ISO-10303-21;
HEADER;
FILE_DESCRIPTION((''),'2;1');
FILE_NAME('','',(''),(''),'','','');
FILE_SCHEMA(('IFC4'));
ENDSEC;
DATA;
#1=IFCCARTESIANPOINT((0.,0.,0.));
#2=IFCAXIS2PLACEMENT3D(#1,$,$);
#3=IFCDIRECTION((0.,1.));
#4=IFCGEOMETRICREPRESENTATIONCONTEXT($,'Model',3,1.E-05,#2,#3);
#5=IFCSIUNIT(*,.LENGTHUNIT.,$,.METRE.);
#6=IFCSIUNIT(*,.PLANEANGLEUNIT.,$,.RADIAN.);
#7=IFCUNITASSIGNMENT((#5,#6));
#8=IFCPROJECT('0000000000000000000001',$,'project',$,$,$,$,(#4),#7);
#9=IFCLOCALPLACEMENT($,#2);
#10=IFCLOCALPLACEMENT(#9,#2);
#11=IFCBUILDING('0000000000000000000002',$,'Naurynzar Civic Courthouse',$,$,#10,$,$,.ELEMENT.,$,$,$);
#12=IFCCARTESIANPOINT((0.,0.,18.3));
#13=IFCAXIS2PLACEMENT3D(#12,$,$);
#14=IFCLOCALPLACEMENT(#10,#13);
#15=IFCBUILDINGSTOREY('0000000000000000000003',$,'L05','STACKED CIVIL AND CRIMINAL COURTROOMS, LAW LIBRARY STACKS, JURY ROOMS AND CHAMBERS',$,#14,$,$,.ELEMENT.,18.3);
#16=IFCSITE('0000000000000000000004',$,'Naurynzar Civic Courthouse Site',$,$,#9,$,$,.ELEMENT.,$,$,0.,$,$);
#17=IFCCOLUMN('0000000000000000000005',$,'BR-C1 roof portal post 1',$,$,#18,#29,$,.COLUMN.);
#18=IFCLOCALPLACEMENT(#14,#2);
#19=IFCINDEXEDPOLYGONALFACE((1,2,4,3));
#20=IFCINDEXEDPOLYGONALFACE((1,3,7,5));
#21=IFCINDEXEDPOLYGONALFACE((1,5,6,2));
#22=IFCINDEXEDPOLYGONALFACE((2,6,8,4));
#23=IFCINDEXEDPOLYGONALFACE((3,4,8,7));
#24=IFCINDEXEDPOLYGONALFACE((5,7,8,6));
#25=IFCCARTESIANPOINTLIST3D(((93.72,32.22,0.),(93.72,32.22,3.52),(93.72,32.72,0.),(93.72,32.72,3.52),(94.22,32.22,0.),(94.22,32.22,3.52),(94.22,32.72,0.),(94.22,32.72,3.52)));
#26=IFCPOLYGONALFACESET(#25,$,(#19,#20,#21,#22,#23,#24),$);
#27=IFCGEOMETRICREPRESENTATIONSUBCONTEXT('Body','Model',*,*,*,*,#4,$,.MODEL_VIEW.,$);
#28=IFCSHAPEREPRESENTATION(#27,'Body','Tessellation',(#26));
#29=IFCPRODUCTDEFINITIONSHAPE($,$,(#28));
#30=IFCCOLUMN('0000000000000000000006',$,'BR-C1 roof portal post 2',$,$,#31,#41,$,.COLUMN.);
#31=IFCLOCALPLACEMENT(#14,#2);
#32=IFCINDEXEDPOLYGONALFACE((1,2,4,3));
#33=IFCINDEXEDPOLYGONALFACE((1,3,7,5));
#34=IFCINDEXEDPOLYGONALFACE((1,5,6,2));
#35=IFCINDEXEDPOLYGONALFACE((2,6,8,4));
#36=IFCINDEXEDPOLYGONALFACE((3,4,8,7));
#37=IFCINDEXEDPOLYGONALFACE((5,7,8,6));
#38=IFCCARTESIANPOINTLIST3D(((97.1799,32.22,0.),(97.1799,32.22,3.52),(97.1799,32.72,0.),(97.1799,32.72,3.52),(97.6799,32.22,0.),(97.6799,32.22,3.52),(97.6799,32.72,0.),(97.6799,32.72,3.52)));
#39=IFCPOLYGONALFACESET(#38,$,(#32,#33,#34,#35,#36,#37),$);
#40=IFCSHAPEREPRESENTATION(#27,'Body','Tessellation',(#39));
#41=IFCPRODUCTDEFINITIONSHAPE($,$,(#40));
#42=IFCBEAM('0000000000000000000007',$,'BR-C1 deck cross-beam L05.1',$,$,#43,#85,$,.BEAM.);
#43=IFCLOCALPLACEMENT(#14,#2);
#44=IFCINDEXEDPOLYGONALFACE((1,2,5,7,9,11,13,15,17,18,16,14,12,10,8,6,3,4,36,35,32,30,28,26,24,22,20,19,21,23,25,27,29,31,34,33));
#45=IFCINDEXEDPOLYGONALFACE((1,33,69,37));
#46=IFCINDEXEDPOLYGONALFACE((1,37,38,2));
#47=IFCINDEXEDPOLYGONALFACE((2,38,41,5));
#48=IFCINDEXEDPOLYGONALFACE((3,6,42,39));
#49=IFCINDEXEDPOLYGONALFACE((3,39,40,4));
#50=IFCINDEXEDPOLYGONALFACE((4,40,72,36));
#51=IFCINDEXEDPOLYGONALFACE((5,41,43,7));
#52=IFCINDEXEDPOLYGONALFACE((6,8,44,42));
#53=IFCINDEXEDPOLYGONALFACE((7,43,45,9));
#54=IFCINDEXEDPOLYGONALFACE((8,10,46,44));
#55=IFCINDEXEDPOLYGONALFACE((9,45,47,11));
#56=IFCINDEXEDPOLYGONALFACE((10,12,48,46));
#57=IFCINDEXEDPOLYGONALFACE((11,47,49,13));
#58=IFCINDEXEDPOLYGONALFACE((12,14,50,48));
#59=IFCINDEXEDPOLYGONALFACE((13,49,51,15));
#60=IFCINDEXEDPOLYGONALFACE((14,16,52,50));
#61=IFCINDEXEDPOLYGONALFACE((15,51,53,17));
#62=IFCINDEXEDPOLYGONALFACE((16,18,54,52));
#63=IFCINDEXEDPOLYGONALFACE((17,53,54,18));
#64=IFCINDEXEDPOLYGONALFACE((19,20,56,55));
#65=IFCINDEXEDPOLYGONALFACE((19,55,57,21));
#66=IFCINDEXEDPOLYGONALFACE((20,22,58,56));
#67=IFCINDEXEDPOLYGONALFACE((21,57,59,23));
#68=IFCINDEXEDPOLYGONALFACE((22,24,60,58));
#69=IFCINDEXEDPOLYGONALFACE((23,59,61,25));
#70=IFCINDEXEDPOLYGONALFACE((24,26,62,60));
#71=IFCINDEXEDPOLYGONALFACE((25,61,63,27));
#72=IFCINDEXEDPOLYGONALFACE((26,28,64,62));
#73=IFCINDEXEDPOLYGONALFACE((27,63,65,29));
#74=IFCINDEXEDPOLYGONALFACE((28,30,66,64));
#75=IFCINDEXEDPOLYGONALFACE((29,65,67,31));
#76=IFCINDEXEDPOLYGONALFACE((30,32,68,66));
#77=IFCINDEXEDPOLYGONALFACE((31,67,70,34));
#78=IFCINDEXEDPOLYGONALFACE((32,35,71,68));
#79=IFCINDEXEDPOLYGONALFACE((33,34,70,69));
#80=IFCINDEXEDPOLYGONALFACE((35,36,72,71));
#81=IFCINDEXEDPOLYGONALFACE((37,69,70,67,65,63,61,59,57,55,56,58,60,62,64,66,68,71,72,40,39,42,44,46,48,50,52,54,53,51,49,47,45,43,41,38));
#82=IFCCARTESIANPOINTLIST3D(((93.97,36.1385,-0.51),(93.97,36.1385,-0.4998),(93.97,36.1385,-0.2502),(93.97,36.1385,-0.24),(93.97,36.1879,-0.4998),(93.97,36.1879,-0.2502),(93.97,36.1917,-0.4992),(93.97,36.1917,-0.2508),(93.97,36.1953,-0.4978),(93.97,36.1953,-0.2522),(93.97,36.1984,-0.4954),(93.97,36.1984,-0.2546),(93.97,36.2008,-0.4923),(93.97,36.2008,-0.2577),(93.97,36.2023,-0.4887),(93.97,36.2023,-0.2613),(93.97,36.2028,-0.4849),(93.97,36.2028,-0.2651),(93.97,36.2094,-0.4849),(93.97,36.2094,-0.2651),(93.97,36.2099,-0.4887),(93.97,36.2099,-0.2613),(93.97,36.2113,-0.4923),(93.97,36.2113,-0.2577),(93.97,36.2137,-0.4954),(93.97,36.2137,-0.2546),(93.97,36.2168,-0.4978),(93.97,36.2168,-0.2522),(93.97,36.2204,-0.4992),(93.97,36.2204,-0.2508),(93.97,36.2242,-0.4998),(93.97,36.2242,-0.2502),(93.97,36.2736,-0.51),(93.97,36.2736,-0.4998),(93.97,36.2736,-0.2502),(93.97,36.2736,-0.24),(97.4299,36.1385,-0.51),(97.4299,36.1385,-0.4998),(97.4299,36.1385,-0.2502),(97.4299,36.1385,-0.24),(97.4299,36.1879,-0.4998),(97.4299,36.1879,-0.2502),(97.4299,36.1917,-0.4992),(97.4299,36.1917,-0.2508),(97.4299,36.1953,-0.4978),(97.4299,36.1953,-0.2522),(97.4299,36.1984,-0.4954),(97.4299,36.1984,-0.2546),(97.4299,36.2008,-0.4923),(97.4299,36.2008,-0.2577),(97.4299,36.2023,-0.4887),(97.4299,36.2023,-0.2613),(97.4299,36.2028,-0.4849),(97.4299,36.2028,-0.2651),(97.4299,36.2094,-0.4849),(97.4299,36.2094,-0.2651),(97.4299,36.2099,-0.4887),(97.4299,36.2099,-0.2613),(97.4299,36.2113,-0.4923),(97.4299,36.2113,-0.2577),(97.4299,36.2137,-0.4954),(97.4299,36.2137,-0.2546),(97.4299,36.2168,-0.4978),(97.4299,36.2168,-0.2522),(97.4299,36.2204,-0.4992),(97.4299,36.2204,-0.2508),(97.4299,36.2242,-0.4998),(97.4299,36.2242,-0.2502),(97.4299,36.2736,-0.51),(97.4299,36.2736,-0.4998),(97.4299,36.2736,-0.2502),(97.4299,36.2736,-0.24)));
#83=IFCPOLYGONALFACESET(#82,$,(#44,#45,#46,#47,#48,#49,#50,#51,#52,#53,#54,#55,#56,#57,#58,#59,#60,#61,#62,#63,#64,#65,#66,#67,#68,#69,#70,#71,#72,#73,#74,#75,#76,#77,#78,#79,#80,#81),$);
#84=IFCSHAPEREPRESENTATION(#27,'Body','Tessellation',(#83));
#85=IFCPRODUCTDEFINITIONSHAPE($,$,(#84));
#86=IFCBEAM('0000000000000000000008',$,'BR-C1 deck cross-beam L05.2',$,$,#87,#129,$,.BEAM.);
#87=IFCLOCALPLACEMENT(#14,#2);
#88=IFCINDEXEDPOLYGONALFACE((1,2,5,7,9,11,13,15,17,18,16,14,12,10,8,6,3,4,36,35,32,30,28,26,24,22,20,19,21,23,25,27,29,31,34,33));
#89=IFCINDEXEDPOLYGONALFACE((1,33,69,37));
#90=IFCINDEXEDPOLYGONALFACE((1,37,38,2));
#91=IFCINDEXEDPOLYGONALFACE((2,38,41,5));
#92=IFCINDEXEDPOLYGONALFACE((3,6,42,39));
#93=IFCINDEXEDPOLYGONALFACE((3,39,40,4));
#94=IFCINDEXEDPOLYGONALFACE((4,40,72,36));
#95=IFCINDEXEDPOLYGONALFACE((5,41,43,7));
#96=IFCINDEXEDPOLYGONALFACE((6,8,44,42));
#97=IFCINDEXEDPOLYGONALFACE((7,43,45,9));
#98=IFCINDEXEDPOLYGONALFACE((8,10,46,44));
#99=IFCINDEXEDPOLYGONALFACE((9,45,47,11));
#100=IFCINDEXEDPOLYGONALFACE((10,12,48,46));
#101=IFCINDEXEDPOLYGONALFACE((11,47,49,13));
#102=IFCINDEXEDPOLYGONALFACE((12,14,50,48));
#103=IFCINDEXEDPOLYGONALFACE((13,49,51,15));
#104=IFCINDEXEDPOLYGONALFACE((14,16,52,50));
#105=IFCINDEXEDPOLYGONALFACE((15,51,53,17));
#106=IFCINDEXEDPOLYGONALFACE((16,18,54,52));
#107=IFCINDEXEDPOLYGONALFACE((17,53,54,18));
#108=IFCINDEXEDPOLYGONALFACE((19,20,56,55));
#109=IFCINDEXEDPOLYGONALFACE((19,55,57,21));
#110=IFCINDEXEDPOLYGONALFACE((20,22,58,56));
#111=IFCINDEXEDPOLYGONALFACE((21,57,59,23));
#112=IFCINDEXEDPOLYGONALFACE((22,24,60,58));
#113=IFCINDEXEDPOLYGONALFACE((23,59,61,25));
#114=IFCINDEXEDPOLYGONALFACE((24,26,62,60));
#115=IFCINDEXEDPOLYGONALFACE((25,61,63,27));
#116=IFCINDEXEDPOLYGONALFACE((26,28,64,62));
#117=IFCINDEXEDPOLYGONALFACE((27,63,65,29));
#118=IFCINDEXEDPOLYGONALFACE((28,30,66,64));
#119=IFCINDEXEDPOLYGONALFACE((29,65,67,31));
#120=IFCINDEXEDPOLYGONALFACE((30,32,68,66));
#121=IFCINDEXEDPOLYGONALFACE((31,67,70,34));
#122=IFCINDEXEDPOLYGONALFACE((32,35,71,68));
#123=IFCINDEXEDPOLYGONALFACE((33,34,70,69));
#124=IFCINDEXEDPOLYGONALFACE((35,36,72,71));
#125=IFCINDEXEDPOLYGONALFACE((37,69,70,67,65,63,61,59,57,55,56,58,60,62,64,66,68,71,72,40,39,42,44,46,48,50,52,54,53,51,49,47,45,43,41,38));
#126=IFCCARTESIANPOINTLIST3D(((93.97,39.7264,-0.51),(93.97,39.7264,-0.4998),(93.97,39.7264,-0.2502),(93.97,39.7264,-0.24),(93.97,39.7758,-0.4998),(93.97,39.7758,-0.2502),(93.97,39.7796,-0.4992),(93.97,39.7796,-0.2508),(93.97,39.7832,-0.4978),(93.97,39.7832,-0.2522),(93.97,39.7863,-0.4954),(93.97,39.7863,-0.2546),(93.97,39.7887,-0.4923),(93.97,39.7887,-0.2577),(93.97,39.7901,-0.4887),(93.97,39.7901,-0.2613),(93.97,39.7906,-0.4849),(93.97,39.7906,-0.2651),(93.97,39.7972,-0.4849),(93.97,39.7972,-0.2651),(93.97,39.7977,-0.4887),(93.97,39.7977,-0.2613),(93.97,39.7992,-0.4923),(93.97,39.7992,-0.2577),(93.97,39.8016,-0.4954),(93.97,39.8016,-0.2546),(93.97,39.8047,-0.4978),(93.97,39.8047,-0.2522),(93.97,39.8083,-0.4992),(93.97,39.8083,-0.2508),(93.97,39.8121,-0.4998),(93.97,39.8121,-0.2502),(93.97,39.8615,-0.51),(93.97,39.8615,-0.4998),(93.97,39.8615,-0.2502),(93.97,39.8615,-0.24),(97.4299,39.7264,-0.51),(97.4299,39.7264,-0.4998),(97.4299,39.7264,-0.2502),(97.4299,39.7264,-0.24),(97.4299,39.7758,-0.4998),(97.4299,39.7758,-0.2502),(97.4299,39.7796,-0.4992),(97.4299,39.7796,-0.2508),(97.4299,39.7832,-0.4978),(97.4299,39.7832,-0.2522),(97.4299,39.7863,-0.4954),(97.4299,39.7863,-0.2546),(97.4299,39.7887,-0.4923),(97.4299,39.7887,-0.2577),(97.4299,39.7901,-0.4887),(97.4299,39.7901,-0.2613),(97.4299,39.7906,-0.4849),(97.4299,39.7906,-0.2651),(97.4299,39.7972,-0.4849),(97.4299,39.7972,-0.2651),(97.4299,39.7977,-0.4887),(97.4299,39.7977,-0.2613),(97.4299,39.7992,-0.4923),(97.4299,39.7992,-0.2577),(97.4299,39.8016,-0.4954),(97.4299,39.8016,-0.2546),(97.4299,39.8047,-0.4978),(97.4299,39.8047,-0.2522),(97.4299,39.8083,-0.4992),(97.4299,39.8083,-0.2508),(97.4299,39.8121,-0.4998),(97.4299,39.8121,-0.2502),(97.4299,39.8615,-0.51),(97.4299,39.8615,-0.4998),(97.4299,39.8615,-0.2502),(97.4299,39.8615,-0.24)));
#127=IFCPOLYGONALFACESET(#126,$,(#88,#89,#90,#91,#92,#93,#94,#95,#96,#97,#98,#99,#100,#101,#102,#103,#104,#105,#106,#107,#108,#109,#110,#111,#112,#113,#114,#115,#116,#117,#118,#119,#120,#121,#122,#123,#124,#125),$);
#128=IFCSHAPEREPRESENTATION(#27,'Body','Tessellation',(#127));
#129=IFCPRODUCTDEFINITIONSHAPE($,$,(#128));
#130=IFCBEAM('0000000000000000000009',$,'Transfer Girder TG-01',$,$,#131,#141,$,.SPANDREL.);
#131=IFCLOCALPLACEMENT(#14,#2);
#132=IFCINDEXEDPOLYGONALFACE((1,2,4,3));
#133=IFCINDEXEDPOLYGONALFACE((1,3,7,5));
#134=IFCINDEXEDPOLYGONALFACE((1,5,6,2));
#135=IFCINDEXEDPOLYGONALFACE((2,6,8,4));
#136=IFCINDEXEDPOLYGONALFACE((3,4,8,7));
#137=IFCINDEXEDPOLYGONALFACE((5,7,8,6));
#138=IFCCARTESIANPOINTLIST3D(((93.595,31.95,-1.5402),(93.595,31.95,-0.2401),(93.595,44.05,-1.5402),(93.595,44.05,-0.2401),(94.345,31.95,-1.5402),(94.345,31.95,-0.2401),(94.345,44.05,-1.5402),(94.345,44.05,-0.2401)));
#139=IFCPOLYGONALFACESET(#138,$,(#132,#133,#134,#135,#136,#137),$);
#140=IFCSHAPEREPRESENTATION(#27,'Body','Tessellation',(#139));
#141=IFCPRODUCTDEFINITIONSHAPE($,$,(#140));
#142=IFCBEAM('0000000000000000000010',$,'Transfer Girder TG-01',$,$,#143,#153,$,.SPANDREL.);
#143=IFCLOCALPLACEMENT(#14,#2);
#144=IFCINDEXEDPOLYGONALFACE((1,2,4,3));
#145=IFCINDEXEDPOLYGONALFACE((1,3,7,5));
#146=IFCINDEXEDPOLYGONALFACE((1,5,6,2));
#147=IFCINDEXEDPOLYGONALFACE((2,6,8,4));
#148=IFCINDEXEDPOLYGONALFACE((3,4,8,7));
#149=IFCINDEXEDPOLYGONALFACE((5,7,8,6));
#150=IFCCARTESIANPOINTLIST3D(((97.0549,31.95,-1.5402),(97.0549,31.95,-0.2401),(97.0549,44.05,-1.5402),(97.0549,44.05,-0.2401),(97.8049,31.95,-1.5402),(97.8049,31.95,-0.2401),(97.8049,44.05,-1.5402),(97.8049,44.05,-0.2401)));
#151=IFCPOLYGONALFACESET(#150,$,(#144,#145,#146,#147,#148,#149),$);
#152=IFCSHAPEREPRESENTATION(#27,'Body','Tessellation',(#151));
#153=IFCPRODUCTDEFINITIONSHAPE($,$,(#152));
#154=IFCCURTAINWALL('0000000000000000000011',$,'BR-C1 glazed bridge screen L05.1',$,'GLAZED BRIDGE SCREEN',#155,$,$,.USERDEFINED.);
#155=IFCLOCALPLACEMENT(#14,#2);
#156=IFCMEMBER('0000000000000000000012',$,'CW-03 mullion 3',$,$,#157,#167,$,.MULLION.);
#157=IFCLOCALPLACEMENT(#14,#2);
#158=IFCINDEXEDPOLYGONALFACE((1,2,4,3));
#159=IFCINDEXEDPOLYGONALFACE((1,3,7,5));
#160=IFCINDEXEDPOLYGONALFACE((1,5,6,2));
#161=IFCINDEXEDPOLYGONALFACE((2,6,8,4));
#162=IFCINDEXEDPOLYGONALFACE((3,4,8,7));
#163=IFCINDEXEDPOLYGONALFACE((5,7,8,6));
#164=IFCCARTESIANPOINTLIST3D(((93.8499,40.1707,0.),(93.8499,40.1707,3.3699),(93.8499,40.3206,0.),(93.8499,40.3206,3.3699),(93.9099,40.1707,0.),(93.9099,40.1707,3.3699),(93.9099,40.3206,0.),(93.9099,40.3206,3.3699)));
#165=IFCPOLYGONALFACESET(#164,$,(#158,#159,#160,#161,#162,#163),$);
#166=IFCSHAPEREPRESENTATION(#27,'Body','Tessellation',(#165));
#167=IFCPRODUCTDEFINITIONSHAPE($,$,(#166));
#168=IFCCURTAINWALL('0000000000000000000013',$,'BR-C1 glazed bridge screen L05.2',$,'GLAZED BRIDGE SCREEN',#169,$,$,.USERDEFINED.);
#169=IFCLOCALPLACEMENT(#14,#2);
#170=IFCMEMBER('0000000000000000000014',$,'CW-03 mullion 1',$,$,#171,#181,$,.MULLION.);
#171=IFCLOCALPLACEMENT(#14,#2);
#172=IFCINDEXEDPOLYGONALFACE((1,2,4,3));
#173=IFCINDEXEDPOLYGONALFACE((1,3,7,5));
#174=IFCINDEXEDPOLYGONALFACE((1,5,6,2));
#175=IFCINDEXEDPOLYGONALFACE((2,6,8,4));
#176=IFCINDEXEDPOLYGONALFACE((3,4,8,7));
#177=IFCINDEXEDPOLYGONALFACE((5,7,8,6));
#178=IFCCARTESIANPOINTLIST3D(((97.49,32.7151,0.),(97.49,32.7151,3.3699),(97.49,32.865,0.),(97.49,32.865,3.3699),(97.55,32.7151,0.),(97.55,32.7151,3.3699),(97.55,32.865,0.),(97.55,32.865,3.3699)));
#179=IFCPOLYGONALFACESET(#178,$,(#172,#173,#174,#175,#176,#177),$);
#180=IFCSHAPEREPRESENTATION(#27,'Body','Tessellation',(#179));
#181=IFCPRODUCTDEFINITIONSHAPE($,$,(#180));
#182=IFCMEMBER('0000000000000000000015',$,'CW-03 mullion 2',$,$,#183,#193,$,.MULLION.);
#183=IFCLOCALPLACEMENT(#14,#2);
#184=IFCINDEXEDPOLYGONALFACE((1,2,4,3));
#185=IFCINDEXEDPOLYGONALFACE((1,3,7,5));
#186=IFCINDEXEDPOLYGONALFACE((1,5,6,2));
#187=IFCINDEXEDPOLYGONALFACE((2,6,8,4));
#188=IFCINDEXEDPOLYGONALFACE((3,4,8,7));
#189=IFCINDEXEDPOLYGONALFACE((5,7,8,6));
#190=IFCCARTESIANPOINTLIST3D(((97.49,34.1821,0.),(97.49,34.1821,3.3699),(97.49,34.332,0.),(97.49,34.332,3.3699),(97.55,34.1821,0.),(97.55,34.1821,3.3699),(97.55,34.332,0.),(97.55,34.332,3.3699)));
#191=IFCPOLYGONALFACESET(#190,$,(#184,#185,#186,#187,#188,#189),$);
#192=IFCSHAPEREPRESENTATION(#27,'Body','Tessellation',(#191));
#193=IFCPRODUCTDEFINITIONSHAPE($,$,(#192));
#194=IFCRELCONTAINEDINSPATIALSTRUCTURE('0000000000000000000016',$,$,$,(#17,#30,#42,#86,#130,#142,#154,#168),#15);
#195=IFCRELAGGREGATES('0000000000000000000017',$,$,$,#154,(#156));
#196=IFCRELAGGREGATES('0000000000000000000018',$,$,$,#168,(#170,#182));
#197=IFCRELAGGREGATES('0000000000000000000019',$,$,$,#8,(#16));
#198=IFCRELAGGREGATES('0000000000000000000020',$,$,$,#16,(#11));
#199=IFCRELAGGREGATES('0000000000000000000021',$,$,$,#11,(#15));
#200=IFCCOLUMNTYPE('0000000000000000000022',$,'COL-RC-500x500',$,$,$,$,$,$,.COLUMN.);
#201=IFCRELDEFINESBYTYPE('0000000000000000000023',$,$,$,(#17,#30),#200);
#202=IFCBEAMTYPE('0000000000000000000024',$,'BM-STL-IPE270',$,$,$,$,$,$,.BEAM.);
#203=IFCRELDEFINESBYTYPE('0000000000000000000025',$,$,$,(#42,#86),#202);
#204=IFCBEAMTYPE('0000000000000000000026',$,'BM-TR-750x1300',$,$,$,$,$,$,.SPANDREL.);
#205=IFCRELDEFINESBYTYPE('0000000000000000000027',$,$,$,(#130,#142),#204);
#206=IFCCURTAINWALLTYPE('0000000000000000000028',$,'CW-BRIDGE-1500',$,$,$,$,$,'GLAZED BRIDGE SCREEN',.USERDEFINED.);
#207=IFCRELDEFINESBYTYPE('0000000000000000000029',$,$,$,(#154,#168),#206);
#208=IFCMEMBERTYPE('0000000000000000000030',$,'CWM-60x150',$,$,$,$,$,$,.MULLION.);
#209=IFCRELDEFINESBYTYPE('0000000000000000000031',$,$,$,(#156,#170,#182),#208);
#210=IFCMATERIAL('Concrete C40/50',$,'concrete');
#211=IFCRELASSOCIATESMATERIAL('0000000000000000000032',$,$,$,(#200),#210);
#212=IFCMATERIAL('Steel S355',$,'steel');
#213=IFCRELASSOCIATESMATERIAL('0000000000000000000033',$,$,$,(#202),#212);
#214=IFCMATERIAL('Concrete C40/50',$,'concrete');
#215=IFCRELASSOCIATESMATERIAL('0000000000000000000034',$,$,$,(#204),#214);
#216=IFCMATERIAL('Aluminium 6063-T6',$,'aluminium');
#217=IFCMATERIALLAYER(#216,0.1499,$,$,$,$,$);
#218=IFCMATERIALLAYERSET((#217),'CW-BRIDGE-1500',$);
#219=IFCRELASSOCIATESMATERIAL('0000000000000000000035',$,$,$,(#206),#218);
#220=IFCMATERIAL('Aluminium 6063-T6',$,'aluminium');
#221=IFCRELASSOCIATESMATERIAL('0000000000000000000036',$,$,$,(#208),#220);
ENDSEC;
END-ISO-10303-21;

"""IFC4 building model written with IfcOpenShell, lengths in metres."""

from ifc_helpers import new_model, si_unit, direction, frame, origin, origin_2d, place, context, subcontext, project, spatial, rectangle, i_section, extrude, material, layer, layer_set, material_profile, profile_set, type_object, element, aggregate, save


model = new_model("IFC4")

# Units and contexts
model_context = context("Model", 3, precision=1e-05, world=origin(), true_north=direction((0.0, 1.0)))
body_context = subcontext(model_context, "Body", "Model", "MODEL_VIEW")
ifc_project = project(units=[si_unit("LENGTHUNIT", "METRE"), si_unit("PLANEANGLEUNIT", "RADIAN")], contexts=[model_context])

# Site, building, storey
site_placement = place(None, origin())
site = spatial("IfcSite", under=ifc_project, at=site_placement, Name="Naurynzar Civic Courthouse Site", CompositionType="ELEMENT", RefElevation=0.0)
building_placement = place(site_placement, origin())
building = spatial("IfcBuilding", under=site, at=building_placement, Name="Naurynzar Civic Courthouse", CompositionType="ELEMENT")
storey_placement = place(building_placement, frame((0.0, 0.0, 18.3)))
storey = spatial("IfcBuildingStorey", under=building, at=storey_placement, Name="L05", Description="STACKED CIVIL AND CRIMINAL COURTROOMS, LAW LIBRARY STACKS, JURY ROOMS AND CHAMBERS", CompositionType="ELEMENT", Elevation=18.3)

# Columns
ifc_material_1 = material(Name="Concrete C40/50", Category="concrete")
ifc_material_profile_1 = material_profile(ifc_material_1, rectangle(XDim=0.5, YDim=0.5, at=origin_2d()), Name="RC 500x500")
ifc_profile_set_1 = profile_set([ifc_material_profile_1], Name="Concrete C40/50")
column_type = type_object("IfcColumnType", Name="COL-RC-500x500", PredefinedType="COLUMN", material=ifc_profile_set_1)
for number, where, z_axis, x_axis, name in (
    (1, (93.97, 32.47, 0.0), (0.0, 0.0, 1.0), (1.0, 0.0, 0.0), "BR-C1 roof portal post 1"),
    (2, (97.4299, 32.47, 0.0), (0.0, 0.0, 1.0), (1.0, 0.0, 0.0), "BR-C1 roof portal post 2"),
):
    element("IfcColumn", number, at=place(storey_placement, frame(where, z_axis=z_axis, x_axis=x_axis)), inside=storey, type_object=column_type, Name=name, PredefinedType="COLUMN", context=body_context, shape_type="SweptSolid", body=[
        extrude(rectangle(XDim=0.5, YDim=0.5, at=origin_2d()), origin(), (0.0, 0.0, 1.0), 3.52),
    ])

# Beams
ifc_material_2 = material(Name="Steel S355", Category="steel")
ifc_material_profile_2 = material_profile(ifc_material_2, i_section(OverallWidth=0.135, OverallDepth=0.27, WebThickness=0.0066, FlangeThickness=0.0103, FilletRadius=0.0149, at=origin_2d()), Name="IPE 270")
ifc_profile_set_2 = profile_set([ifc_material_profile_2], Name="Steel S355")
beam_type_1 = type_object("IfcBeamType", Name="BM-STL-IPE270", PredefinedType="BEAM", material=ifc_profile_set_2)
for number, where, z_axis, x_axis, name in (
    (3, (93.97, 36.2061, -0.375), (1.0, 0.0, 0.0), (0.0, 1.0, 0.0), "BR-C1 deck cross-beam L05.1"),
    (4, (93.97, 39.7939, -0.375), (1.0, 0.0, 0.0), (0.0, 1.0, 0.0), "BR-C1 deck cross-beam L05.2"),
):
    element("IfcBeam", number, at=place(storey_placement, frame(where, z_axis=z_axis, x_axis=x_axis)), inside=storey, type_object=beam_type_1, Name=name, PredefinedType="BEAM", context=body_context, shape_type="SweptSolid", body=[
        extrude(i_section(OverallWidth=0.135, OverallDepth=0.27, WebThickness=0.0066, FlangeThickness=0.0103, FilletRadius=0.0149, at=origin_2d()), origin(), (0.0, 0.0, 1.0), 3.46),
    ])
ifc_material_3 = material(Name="Concrete C40/50", Category="concrete")
ifc_material_profile_3 = material_profile(ifc_material_3, rectangle(XDim=0.75, YDim=1.3, at=origin_2d()), Name="RCT 750x1300")
ifc_profile_set_3 = profile_set([ifc_material_profile_3], Name="Concrete C40/50")
beam_type_2 = type_object("IfcBeamType", Name="BM-TR-750x1300", PredefinedType="SPANDREL", material=ifc_profile_set_3)
for number, where, z_axis, x_axis, name in (
    (5, (93.97, 31.95, -0.8901), (0.0, 1.0, 0.0), (-1.0, 0.0, 0.0), "Transfer Girder TG-01"),
    (6, (97.4299, 31.95, -0.8901), (0.0, 1.0, 0.0), (-1.0, 0.0, 0.0), "Transfer Girder TG-01"),
):
    element("IfcBeam", number, at=place(storey_placement, frame(where, z_axis=z_axis, x_axis=x_axis)), inside=storey, type_object=beam_type_2, Name=name, PredefinedType="SPANDREL", context=body_context, shape_type="SweptSolid", body=[
        extrude(rectangle(XDim=0.75, YDim=1.3, at=origin_2d()), origin(), (0.0, 0.0, 1.0), 12.1001),
    ])

# Curtain wall, member
ifc_material_4 = material(Name="Aluminium 6063-T6", Category="aluminium")
ifc_layer_1 = layer(ifc_material_4, 0.1499)
ifc_layer_set_1 = layer_set([ifc_layer_1], Name="CW-BRIDGE-1500")
curtain_wall_type = type_object("IfcCurtainWallType", Name="CW-BRIDGE-1500", ElementType="GLAZED BRIDGE SCREEN", PredefinedType="USERDEFINED", material=ifc_layer_set_1)
curtain_wall_1_placement = place(storey_placement, origin())
curtain_wall_1 = element("IfcCurtainWall", 7, at=curtain_wall_1_placement, inside=storey, type_object=curtain_wall_type, Name="BR-C1 glazed bridge screen L05.1", ObjectType="GLAZED BRIDGE SCREEN", PredefinedType="USERDEFINED")
ifc_material_5 = material(Name="Aluminium 6063-T6", Category="aluminium")
ifc_material_profile_4 = material_profile(ifc_material_5, rectangle(XDim=0.0601, YDim=0.1499, at=origin_2d()), Name="ALU MULLION 60x150")
ifc_profile_set_4 = profile_set([ifc_material_profile_4], Name="Aluminium 6063-T6")
member_type_1 = type_object("IfcMemberType", Name="CWM-60x150", PredefinedType="MULLION", material=ifc_profile_set_4)
member_1_placement = place(storey_placement, frame((93.8799, 40.2456, 0.0), z_axis=(0.0, 0.0, 1.0), x_axis=(1.0, 0.0, 0.0)))
member_1 = element("IfcMember", 8, at=member_1_placement, type_object=member_type_1, Name="CW-03 mullion 3", PredefinedType="MULLION", context=body_context, shape_type="SweptSolid", body=[
    extrude(rectangle(XDim=0.0601, YDim=0.1499, at=origin_2d()), origin(), (0.0, 0.0, 1.0), 3.3699),
])

# Curtain wall, members
curtain_wall_2_placement = place(storey_placement, origin())
curtain_wall_2 = element("IfcCurtainWall", 9, at=curtain_wall_2_placement, inside=storey, type_object=curtain_wall_type, Name="BR-C1 glazed bridge screen L05.2", ObjectType="GLAZED BRIDGE SCREEN", PredefinedType="USERDEFINED")
member_2_placement = place(storey_placement, frame((97.52, 32.79, 0.0), z_axis=(0.0, 0.0, 1.0), x_axis=(-1.0, 0.0, 0.0)))
member_2 = element("IfcMember", 10, at=member_2_placement, type_object=member_type_1, Name="CW-03 mullion 1", PredefinedType="MULLION", context=body_context, shape_type="SweptSolid", body=[
    extrude(rectangle(XDim=0.0601, YDim=0.1499, at=origin_2d()), origin(), (0.0, 0.0, 1.0), 3.3699),
])
member_3_placement = place(storey_placement, frame((97.52, 34.2571, 0.0), z_axis=(0.0, 0.0, 1.0), x_axis=(-1.0, 0.0, 0.0)))
member_3 = element("IfcMember", 11, at=member_3_placement, type_object=member_type_1, Name="CW-03 mullion 2", PredefinedType="MULLION", context=body_context, shape_type="SweptSolid", body=[
    extrude(rectangle(XDim=0.0601, YDim=0.1499, at=origin_2d()), origin(), (0.0, 0.0, 1.0), 3.3699),
])

aggregate(curtain_wall_1, [member_1])
aggregate(curtain_wall_2, [member_2, member_3])

save(model, "model.ifc")
